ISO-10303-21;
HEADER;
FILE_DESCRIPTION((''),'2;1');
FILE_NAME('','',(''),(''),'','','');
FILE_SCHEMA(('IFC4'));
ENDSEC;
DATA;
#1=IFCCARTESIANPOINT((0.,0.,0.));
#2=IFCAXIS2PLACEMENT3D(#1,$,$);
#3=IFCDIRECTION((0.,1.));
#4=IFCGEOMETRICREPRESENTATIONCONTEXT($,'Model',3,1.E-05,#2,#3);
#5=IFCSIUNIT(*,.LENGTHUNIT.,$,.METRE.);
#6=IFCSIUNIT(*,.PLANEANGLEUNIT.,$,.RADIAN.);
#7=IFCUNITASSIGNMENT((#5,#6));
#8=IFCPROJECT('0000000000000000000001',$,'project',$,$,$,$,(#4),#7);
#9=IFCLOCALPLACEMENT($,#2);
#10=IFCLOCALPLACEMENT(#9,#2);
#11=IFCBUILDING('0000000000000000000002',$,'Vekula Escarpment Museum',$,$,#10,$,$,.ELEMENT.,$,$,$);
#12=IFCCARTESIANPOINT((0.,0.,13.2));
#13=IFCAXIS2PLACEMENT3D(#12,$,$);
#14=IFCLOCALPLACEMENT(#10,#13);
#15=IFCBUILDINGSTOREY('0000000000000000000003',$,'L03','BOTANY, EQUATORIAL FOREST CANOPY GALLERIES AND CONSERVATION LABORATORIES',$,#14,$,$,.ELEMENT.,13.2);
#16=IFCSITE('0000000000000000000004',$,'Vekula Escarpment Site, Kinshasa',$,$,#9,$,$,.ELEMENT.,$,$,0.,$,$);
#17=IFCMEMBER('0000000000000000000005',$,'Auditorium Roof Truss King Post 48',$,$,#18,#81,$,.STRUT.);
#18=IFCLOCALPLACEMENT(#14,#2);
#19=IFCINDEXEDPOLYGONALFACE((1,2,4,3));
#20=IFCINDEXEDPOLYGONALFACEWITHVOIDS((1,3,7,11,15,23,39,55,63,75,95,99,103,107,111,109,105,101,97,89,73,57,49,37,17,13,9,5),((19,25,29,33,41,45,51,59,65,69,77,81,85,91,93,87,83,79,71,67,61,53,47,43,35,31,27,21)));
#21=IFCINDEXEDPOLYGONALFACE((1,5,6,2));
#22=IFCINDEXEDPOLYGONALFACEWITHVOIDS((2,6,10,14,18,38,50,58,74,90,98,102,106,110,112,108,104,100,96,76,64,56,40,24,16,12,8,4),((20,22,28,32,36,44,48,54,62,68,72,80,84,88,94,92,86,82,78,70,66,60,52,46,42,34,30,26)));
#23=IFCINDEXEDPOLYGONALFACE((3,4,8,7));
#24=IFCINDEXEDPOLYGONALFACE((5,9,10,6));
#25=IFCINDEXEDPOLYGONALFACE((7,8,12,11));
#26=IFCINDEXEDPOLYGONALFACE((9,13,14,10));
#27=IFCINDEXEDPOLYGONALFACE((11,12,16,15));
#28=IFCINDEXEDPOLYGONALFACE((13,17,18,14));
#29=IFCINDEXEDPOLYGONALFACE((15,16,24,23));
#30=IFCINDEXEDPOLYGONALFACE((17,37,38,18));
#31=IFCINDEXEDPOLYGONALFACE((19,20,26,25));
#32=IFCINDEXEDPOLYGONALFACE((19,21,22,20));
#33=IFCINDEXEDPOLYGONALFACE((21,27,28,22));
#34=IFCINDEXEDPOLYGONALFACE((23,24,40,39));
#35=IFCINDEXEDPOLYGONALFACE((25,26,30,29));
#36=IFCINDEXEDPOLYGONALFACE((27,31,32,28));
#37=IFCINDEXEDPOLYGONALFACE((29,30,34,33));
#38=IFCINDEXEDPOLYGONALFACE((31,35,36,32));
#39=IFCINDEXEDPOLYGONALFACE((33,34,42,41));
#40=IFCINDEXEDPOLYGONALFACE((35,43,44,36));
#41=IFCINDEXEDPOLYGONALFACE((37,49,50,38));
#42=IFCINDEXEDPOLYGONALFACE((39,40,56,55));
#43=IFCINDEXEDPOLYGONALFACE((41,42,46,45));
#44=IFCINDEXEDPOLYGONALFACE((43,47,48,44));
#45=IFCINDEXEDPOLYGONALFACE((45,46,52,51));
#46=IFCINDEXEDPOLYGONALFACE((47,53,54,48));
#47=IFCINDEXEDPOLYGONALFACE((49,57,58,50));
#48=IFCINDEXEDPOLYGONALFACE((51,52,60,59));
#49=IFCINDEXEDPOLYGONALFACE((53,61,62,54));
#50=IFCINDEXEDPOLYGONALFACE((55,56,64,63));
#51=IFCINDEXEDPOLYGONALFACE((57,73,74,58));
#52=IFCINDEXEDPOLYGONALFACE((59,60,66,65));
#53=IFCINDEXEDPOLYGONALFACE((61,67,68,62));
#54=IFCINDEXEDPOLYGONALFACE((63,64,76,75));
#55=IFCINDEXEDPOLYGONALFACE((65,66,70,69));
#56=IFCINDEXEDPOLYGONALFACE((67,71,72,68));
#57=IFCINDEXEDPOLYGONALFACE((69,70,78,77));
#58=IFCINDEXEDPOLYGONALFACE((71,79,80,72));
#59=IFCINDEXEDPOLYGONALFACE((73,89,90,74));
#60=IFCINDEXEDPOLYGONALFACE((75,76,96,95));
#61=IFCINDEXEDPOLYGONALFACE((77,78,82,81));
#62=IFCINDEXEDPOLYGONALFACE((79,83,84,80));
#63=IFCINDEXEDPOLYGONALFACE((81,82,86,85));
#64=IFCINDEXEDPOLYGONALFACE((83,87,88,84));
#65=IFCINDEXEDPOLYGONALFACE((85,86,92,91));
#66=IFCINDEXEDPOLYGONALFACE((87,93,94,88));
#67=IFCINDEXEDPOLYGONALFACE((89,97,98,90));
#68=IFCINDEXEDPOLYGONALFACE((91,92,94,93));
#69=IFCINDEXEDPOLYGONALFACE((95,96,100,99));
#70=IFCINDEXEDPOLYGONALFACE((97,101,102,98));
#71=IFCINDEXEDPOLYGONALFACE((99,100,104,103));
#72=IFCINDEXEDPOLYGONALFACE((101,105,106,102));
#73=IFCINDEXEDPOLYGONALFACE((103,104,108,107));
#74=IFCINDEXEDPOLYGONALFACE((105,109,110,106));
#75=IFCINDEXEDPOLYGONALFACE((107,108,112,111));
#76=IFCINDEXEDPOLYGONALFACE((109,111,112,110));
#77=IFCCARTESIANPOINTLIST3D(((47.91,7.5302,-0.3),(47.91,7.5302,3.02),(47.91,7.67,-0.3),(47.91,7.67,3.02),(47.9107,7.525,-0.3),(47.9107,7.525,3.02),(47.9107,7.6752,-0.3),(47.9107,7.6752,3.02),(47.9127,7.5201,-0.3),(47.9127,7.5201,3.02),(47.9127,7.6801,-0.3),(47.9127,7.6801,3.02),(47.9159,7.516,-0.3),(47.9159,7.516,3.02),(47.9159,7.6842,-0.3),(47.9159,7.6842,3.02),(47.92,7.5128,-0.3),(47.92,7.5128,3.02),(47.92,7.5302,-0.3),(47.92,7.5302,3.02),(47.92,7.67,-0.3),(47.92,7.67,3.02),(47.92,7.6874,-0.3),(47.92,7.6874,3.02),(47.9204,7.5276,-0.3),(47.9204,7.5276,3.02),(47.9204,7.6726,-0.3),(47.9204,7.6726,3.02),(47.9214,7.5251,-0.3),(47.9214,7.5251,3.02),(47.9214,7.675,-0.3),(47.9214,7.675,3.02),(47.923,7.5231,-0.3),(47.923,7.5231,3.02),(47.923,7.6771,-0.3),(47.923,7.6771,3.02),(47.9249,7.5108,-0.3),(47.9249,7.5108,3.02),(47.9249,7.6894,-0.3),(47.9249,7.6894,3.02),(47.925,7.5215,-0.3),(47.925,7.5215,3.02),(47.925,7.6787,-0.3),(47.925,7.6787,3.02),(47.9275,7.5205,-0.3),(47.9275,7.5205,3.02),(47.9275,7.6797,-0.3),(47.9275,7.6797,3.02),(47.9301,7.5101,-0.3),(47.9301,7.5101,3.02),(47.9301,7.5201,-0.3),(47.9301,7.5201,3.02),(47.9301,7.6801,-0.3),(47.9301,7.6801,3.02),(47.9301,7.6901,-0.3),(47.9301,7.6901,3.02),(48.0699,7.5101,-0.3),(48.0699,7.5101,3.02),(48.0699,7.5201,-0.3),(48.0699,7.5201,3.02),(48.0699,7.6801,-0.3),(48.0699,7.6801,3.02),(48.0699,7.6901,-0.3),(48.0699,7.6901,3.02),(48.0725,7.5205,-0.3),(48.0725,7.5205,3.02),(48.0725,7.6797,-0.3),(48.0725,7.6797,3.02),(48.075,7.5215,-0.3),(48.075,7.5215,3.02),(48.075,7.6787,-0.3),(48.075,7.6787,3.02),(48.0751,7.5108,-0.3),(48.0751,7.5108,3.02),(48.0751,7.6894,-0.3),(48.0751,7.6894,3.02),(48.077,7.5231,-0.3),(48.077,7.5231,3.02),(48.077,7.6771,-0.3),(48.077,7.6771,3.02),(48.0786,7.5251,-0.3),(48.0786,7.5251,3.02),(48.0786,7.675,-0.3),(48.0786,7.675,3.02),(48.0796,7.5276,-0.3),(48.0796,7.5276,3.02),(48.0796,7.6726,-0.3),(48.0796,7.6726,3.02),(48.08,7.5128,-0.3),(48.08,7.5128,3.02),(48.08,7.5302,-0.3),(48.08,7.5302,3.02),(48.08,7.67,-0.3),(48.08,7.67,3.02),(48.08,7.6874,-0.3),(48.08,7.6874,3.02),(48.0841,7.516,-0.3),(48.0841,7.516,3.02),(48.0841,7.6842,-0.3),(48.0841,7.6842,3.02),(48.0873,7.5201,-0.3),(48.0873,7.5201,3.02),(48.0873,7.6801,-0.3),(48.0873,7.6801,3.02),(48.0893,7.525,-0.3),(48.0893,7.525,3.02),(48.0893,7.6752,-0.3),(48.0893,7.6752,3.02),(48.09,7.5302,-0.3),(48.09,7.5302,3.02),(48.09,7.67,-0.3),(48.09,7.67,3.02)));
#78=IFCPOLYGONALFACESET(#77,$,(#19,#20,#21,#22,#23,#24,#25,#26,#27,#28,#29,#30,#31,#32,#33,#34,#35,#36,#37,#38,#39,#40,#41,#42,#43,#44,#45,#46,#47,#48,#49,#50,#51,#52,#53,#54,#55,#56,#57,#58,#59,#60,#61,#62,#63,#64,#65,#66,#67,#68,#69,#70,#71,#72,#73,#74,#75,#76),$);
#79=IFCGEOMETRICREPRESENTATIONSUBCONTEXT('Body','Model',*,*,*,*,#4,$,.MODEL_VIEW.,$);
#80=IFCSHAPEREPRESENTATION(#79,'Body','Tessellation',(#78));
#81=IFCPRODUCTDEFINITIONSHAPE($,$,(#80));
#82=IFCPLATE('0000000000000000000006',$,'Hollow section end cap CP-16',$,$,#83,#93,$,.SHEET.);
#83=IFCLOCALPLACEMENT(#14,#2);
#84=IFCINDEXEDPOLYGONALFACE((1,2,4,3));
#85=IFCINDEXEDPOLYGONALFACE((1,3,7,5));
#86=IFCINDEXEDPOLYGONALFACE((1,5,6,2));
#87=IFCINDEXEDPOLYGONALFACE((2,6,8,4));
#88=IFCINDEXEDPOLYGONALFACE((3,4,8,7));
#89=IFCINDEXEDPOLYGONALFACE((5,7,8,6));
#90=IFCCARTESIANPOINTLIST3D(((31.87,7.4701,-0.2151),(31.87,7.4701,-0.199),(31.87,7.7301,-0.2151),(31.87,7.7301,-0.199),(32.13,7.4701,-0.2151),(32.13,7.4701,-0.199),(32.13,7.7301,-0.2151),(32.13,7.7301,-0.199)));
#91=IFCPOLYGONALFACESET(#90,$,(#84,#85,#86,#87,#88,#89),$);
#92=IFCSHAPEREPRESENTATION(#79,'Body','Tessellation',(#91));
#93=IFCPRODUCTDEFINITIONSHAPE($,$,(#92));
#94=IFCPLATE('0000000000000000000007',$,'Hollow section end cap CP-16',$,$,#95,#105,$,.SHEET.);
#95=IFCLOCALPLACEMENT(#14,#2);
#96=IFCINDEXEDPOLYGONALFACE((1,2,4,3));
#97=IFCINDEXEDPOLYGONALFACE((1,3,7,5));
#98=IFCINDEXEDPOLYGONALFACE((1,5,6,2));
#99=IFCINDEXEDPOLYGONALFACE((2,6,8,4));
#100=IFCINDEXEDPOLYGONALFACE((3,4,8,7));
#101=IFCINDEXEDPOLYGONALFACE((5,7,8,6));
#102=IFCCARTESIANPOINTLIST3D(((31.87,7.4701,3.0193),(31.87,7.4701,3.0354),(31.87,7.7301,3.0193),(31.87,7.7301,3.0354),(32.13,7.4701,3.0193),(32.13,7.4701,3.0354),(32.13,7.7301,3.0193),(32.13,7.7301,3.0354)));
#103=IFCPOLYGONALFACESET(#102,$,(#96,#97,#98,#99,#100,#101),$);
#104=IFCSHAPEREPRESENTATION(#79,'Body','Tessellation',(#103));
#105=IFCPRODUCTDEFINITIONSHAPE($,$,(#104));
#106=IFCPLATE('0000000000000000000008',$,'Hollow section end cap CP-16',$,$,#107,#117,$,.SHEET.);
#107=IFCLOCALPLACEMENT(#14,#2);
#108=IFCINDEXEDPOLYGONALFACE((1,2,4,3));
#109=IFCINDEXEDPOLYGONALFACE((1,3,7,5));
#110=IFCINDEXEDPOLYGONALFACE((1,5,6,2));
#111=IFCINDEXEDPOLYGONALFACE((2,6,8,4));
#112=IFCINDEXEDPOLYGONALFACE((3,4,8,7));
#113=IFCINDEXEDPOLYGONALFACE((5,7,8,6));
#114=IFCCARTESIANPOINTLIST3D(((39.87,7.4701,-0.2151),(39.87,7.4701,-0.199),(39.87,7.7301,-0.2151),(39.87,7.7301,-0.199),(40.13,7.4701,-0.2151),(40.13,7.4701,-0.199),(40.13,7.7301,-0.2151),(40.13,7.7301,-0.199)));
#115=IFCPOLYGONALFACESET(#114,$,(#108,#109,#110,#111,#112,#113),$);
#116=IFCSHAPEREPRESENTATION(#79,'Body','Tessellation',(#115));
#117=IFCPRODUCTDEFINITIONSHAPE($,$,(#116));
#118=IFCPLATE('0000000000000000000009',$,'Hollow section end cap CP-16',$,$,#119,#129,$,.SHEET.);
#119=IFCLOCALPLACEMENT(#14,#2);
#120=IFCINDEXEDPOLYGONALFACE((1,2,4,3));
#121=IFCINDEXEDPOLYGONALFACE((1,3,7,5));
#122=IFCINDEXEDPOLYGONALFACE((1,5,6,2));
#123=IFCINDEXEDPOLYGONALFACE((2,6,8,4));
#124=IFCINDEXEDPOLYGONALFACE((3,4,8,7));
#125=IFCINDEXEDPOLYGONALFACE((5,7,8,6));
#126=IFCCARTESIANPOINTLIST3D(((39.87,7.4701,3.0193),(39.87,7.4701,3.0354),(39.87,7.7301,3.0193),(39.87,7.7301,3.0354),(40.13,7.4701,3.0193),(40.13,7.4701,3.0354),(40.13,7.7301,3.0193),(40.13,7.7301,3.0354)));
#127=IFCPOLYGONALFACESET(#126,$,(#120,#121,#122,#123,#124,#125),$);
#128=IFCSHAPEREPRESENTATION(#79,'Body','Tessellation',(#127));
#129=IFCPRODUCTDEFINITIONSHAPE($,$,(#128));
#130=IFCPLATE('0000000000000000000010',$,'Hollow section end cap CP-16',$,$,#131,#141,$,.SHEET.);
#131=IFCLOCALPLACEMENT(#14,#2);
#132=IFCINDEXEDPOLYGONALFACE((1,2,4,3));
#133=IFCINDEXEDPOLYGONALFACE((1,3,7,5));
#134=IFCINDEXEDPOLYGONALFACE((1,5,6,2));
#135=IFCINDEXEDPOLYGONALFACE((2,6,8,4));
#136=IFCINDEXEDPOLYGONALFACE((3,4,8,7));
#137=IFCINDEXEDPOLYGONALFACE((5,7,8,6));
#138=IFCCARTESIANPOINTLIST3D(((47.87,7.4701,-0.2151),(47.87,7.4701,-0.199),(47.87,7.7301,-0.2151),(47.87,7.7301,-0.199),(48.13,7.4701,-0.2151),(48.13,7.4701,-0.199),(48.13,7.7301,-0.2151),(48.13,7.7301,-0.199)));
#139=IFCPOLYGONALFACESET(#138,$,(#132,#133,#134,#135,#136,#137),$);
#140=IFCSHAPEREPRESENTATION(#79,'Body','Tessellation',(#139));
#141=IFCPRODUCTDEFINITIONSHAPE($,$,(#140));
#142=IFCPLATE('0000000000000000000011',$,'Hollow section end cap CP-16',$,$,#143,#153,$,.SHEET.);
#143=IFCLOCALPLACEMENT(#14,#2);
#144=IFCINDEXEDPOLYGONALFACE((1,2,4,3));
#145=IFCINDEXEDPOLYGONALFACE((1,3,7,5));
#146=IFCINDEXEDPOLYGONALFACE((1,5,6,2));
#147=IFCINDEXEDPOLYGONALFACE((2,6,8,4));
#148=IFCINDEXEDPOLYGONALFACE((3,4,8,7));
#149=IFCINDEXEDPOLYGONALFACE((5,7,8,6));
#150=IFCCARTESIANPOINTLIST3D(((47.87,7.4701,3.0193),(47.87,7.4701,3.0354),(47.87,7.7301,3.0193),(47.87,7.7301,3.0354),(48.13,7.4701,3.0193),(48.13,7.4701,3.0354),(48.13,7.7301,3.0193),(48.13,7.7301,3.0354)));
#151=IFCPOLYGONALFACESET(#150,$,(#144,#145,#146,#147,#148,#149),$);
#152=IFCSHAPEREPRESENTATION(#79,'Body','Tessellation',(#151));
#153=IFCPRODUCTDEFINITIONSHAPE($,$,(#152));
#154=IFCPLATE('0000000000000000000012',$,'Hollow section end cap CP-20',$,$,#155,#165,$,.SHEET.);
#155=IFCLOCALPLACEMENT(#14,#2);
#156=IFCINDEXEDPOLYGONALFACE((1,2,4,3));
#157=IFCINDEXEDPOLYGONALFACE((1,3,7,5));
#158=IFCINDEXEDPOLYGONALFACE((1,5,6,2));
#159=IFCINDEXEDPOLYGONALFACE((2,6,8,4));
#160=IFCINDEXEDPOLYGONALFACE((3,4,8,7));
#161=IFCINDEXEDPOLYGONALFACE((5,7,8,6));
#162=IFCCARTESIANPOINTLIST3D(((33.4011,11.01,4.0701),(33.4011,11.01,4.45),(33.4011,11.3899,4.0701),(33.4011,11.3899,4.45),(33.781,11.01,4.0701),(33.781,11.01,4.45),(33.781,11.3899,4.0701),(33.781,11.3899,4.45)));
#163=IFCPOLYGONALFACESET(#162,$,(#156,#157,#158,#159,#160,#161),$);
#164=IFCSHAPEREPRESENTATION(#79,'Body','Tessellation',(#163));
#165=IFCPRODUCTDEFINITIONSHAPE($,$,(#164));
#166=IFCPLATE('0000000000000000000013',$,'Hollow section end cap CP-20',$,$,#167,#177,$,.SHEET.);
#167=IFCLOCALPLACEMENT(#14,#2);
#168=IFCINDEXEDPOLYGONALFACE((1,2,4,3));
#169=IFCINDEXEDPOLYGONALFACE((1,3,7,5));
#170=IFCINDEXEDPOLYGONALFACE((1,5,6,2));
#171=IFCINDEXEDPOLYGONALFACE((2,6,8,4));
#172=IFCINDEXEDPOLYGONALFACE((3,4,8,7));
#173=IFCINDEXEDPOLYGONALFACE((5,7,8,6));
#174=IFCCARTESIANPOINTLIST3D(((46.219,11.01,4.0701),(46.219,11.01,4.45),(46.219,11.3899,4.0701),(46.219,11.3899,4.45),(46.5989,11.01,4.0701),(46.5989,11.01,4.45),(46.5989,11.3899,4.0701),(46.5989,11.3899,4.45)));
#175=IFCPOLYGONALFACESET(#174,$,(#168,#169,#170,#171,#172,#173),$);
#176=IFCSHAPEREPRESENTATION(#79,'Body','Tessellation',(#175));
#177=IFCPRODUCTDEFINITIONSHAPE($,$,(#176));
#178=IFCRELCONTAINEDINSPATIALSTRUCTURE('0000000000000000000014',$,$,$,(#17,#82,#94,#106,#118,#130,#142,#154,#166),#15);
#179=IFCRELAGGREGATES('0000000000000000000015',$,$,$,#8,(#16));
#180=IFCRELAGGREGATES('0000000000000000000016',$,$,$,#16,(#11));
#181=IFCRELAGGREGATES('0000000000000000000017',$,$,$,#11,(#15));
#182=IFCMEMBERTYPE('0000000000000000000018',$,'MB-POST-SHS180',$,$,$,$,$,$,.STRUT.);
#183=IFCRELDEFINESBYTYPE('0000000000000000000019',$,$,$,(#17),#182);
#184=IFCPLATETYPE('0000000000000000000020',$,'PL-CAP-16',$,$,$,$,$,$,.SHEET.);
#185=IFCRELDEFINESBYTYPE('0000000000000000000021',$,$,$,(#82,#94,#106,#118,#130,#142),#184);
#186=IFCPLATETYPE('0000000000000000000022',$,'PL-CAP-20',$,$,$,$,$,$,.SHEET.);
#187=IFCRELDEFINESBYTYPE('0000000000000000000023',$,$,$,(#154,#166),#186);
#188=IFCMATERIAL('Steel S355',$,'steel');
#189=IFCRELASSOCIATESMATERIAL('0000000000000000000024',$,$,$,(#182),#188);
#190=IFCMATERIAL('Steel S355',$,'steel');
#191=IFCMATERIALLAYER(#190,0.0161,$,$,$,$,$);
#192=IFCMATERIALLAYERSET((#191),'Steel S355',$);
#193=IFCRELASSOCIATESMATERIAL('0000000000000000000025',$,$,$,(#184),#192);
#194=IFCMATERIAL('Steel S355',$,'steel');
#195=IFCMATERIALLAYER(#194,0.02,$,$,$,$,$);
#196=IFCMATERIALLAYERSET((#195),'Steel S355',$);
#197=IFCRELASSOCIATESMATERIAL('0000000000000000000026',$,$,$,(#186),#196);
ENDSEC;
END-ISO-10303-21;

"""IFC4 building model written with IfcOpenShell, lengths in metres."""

from ifc_helpers import new_model, si_unit, direction, frame, origin, origin_2d, place, context, subcontext, project, spatial, rectangle, hollow_rectangle, extrude, material, layer, layer_set, material_profile, profile_set, type_object, element, save


model = new_model("IFC4")

# Units and contexts
model_context = context("Model", 3, precision=1e-05, world=origin(), true_north=direction((0.0, 1.0)))
body_context = subcontext(model_context, "Body", "Model", "MODEL_VIEW")
ifc_project = project(units=[si_unit("LENGTHUNIT", "METRE"), si_unit("PLANEANGLEUNIT", "RADIAN")], contexts=[model_context])

# Site, building, storey
site_placement = place(None, origin())
site = spatial("IfcSite", under=ifc_project, at=site_placement, Name="Vekula Escarpment Site, Kinshasa", CompositionType="ELEMENT", RefElevation=0.0)
building_placement = place(site_placement, origin())
building = spatial("IfcBuilding", under=site, at=building_placement, Name="Vekula Escarpment Museum", CompositionType="ELEMENT")
storey_placement = place(building_placement, frame((0.0, 0.0, 13.2)))
storey = spatial("IfcBuildingStorey", under=building, at=storey_placement, Name="L03", Description="BOTANY, EQUATORIAL FOREST CANOPY GALLERIES AND CONSERVATION LABORATORIES", CompositionType="ELEMENT", Elevation=13.2)

# Member
ifc_material_1 = material(Name="Steel S355", Category="steel")
ifc_material_profile_1 = material_profile(ifc_material_1, hollow_rectangle(XDim=0.1799, YDim=0.1799, WallThickness=0.01, InnerFilletRadius=0.01, OuterFilletRadius=0.02, at=origin_2d()), Name="SHS 180x180x10")
ifc_profile_set_1 = profile_set([ifc_material_profile_1], Name="Steel S355")
member_type_1 = type_object("IfcMemberType", Name="MB-POST-SHS180", PredefinedType="STRUT", material=ifc_profile_set_1)
for number, where, z_axis, x_axis, name in (
    (1, (48.0, 7.6001, -0.3), (0.0, 0.0, 1.0), (1.0, 0.0, 0.0), "Auditorium Roof Truss King Post 48"),
):
    element("IfcMember", number, at=place(storey_placement, frame(where, z_axis=z_axis, x_axis=x_axis)), inside=storey, type_object=member_type_1, Name=name, PredefinedType="STRUT", context=body_context, shape_type="SweptSolid", body=[
        extrude(hollow_rectangle(XDim=0.1799, YDim=0.1799, WallThickness=0.01, InnerFilletRadius=0.01, OuterFilletRadius=0.02, at=origin_2d()), origin(), (0.0, 0.0, 1.0), 3.3201),
    ])

# Plates
ifc_material_2 = material(Name="Steel S355", Category="steel")
ifc_layer_1 = layer(ifc_material_2, 0.0161)
ifc_layer_set_1 = layer_set([ifc_layer_1], Name="Steel S355")
plate_type_1 = type_object("IfcPlateType", Name="PL-CAP-16", PredefinedType="SHEET", material=ifc_layer_set_1)
for number, where, z_axis, x_axis, name in (
    (2, (32.0, 7.6001, -0.2151), (0.0, 0.0, 1.0), (1.0, 0.0, 0.0), "Hollow section end cap CP-16"),
    (3, (32.0, 7.6001, 3.0193), (0.0, 0.0, 1.0), (1.0, 0.0, 0.0), "Hollow section end cap CP-16"),
    (4, (40.0, 7.6001, -0.2151), (0.0, 0.0, 1.0), (1.0, 0.0, 0.0), "Hollow section end cap CP-16"),
    (5, (40.0, 7.6001, 3.0193), (0.0, 0.0, 1.0), (1.0, 0.0, 0.0), "Hollow section end cap CP-16"),
    (6, (48.0, 7.6001, -0.2151), (0.0, 0.0, 1.0), (1.0, 0.0, 0.0), "Hollow section end cap CP-16"),
    (7, (48.0, 7.6001, 3.0193), (0.0, 0.0, 1.0), (1.0, 0.0, 0.0), "Hollow section end cap CP-16"),
):
    element("IfcPlate", number, at=place(storey_placement, frame(where, z_axis=z_axis, x_axis=x_axis)), inside=storey, type_object=plate_type_1, Name=name, PredefinedType="SHEET", context=body_context, shape_type="SweptSolid", body=[
        extrude(rectangle(XDim=0.26, YDim=0.26, at=origin_2d()), origin(), (0.0, 0.0, 1.0), 0.0161),
    ])
ifc_material_3 = material(Name="Steel S355", Category="steel")
ifc_layer_2 = layer(ifc_material_3, 0.02)
ifc_layer_set_2 = layer_set([ifc_layer_2], Name="Steel S355")
plate_type_2 = type_object("IfcPlateType", Name="PL-CAP-20", PredefinedType="SHEET", material=ifc_layer_set_2)
for number, where, z_axis, x_axis, name in (
    (8, (33.5911, 11.2, 4.0701), (0.0, 0.0, 1.0), (1.0, 0.0, 0.0), "Hollow section end cap CP-20"),
    (9, (46.4089, 11.2, 4.0701), (0.0, 0.0, 1.0), (1.0, 0.0, 0.0), "Hollow section end cap CP-20"),
):
    element("IfcPlate", number, at=place(storey_placement, frame(where, z_axis=z_axis, x_axis=x_axis)), inside=storey, type_object=plate_type_2, Name=name, PredefinedType="SHEET", context=body_context, shape_type="SweptSolid", body=[
        extrude(rectangle(XDim=0.3799, YDim=0.3799, at=origin_2d()), origin(), (0.0, 0.0, 1.0), 0.3799),
    ])

save(model, "model.ifc")
